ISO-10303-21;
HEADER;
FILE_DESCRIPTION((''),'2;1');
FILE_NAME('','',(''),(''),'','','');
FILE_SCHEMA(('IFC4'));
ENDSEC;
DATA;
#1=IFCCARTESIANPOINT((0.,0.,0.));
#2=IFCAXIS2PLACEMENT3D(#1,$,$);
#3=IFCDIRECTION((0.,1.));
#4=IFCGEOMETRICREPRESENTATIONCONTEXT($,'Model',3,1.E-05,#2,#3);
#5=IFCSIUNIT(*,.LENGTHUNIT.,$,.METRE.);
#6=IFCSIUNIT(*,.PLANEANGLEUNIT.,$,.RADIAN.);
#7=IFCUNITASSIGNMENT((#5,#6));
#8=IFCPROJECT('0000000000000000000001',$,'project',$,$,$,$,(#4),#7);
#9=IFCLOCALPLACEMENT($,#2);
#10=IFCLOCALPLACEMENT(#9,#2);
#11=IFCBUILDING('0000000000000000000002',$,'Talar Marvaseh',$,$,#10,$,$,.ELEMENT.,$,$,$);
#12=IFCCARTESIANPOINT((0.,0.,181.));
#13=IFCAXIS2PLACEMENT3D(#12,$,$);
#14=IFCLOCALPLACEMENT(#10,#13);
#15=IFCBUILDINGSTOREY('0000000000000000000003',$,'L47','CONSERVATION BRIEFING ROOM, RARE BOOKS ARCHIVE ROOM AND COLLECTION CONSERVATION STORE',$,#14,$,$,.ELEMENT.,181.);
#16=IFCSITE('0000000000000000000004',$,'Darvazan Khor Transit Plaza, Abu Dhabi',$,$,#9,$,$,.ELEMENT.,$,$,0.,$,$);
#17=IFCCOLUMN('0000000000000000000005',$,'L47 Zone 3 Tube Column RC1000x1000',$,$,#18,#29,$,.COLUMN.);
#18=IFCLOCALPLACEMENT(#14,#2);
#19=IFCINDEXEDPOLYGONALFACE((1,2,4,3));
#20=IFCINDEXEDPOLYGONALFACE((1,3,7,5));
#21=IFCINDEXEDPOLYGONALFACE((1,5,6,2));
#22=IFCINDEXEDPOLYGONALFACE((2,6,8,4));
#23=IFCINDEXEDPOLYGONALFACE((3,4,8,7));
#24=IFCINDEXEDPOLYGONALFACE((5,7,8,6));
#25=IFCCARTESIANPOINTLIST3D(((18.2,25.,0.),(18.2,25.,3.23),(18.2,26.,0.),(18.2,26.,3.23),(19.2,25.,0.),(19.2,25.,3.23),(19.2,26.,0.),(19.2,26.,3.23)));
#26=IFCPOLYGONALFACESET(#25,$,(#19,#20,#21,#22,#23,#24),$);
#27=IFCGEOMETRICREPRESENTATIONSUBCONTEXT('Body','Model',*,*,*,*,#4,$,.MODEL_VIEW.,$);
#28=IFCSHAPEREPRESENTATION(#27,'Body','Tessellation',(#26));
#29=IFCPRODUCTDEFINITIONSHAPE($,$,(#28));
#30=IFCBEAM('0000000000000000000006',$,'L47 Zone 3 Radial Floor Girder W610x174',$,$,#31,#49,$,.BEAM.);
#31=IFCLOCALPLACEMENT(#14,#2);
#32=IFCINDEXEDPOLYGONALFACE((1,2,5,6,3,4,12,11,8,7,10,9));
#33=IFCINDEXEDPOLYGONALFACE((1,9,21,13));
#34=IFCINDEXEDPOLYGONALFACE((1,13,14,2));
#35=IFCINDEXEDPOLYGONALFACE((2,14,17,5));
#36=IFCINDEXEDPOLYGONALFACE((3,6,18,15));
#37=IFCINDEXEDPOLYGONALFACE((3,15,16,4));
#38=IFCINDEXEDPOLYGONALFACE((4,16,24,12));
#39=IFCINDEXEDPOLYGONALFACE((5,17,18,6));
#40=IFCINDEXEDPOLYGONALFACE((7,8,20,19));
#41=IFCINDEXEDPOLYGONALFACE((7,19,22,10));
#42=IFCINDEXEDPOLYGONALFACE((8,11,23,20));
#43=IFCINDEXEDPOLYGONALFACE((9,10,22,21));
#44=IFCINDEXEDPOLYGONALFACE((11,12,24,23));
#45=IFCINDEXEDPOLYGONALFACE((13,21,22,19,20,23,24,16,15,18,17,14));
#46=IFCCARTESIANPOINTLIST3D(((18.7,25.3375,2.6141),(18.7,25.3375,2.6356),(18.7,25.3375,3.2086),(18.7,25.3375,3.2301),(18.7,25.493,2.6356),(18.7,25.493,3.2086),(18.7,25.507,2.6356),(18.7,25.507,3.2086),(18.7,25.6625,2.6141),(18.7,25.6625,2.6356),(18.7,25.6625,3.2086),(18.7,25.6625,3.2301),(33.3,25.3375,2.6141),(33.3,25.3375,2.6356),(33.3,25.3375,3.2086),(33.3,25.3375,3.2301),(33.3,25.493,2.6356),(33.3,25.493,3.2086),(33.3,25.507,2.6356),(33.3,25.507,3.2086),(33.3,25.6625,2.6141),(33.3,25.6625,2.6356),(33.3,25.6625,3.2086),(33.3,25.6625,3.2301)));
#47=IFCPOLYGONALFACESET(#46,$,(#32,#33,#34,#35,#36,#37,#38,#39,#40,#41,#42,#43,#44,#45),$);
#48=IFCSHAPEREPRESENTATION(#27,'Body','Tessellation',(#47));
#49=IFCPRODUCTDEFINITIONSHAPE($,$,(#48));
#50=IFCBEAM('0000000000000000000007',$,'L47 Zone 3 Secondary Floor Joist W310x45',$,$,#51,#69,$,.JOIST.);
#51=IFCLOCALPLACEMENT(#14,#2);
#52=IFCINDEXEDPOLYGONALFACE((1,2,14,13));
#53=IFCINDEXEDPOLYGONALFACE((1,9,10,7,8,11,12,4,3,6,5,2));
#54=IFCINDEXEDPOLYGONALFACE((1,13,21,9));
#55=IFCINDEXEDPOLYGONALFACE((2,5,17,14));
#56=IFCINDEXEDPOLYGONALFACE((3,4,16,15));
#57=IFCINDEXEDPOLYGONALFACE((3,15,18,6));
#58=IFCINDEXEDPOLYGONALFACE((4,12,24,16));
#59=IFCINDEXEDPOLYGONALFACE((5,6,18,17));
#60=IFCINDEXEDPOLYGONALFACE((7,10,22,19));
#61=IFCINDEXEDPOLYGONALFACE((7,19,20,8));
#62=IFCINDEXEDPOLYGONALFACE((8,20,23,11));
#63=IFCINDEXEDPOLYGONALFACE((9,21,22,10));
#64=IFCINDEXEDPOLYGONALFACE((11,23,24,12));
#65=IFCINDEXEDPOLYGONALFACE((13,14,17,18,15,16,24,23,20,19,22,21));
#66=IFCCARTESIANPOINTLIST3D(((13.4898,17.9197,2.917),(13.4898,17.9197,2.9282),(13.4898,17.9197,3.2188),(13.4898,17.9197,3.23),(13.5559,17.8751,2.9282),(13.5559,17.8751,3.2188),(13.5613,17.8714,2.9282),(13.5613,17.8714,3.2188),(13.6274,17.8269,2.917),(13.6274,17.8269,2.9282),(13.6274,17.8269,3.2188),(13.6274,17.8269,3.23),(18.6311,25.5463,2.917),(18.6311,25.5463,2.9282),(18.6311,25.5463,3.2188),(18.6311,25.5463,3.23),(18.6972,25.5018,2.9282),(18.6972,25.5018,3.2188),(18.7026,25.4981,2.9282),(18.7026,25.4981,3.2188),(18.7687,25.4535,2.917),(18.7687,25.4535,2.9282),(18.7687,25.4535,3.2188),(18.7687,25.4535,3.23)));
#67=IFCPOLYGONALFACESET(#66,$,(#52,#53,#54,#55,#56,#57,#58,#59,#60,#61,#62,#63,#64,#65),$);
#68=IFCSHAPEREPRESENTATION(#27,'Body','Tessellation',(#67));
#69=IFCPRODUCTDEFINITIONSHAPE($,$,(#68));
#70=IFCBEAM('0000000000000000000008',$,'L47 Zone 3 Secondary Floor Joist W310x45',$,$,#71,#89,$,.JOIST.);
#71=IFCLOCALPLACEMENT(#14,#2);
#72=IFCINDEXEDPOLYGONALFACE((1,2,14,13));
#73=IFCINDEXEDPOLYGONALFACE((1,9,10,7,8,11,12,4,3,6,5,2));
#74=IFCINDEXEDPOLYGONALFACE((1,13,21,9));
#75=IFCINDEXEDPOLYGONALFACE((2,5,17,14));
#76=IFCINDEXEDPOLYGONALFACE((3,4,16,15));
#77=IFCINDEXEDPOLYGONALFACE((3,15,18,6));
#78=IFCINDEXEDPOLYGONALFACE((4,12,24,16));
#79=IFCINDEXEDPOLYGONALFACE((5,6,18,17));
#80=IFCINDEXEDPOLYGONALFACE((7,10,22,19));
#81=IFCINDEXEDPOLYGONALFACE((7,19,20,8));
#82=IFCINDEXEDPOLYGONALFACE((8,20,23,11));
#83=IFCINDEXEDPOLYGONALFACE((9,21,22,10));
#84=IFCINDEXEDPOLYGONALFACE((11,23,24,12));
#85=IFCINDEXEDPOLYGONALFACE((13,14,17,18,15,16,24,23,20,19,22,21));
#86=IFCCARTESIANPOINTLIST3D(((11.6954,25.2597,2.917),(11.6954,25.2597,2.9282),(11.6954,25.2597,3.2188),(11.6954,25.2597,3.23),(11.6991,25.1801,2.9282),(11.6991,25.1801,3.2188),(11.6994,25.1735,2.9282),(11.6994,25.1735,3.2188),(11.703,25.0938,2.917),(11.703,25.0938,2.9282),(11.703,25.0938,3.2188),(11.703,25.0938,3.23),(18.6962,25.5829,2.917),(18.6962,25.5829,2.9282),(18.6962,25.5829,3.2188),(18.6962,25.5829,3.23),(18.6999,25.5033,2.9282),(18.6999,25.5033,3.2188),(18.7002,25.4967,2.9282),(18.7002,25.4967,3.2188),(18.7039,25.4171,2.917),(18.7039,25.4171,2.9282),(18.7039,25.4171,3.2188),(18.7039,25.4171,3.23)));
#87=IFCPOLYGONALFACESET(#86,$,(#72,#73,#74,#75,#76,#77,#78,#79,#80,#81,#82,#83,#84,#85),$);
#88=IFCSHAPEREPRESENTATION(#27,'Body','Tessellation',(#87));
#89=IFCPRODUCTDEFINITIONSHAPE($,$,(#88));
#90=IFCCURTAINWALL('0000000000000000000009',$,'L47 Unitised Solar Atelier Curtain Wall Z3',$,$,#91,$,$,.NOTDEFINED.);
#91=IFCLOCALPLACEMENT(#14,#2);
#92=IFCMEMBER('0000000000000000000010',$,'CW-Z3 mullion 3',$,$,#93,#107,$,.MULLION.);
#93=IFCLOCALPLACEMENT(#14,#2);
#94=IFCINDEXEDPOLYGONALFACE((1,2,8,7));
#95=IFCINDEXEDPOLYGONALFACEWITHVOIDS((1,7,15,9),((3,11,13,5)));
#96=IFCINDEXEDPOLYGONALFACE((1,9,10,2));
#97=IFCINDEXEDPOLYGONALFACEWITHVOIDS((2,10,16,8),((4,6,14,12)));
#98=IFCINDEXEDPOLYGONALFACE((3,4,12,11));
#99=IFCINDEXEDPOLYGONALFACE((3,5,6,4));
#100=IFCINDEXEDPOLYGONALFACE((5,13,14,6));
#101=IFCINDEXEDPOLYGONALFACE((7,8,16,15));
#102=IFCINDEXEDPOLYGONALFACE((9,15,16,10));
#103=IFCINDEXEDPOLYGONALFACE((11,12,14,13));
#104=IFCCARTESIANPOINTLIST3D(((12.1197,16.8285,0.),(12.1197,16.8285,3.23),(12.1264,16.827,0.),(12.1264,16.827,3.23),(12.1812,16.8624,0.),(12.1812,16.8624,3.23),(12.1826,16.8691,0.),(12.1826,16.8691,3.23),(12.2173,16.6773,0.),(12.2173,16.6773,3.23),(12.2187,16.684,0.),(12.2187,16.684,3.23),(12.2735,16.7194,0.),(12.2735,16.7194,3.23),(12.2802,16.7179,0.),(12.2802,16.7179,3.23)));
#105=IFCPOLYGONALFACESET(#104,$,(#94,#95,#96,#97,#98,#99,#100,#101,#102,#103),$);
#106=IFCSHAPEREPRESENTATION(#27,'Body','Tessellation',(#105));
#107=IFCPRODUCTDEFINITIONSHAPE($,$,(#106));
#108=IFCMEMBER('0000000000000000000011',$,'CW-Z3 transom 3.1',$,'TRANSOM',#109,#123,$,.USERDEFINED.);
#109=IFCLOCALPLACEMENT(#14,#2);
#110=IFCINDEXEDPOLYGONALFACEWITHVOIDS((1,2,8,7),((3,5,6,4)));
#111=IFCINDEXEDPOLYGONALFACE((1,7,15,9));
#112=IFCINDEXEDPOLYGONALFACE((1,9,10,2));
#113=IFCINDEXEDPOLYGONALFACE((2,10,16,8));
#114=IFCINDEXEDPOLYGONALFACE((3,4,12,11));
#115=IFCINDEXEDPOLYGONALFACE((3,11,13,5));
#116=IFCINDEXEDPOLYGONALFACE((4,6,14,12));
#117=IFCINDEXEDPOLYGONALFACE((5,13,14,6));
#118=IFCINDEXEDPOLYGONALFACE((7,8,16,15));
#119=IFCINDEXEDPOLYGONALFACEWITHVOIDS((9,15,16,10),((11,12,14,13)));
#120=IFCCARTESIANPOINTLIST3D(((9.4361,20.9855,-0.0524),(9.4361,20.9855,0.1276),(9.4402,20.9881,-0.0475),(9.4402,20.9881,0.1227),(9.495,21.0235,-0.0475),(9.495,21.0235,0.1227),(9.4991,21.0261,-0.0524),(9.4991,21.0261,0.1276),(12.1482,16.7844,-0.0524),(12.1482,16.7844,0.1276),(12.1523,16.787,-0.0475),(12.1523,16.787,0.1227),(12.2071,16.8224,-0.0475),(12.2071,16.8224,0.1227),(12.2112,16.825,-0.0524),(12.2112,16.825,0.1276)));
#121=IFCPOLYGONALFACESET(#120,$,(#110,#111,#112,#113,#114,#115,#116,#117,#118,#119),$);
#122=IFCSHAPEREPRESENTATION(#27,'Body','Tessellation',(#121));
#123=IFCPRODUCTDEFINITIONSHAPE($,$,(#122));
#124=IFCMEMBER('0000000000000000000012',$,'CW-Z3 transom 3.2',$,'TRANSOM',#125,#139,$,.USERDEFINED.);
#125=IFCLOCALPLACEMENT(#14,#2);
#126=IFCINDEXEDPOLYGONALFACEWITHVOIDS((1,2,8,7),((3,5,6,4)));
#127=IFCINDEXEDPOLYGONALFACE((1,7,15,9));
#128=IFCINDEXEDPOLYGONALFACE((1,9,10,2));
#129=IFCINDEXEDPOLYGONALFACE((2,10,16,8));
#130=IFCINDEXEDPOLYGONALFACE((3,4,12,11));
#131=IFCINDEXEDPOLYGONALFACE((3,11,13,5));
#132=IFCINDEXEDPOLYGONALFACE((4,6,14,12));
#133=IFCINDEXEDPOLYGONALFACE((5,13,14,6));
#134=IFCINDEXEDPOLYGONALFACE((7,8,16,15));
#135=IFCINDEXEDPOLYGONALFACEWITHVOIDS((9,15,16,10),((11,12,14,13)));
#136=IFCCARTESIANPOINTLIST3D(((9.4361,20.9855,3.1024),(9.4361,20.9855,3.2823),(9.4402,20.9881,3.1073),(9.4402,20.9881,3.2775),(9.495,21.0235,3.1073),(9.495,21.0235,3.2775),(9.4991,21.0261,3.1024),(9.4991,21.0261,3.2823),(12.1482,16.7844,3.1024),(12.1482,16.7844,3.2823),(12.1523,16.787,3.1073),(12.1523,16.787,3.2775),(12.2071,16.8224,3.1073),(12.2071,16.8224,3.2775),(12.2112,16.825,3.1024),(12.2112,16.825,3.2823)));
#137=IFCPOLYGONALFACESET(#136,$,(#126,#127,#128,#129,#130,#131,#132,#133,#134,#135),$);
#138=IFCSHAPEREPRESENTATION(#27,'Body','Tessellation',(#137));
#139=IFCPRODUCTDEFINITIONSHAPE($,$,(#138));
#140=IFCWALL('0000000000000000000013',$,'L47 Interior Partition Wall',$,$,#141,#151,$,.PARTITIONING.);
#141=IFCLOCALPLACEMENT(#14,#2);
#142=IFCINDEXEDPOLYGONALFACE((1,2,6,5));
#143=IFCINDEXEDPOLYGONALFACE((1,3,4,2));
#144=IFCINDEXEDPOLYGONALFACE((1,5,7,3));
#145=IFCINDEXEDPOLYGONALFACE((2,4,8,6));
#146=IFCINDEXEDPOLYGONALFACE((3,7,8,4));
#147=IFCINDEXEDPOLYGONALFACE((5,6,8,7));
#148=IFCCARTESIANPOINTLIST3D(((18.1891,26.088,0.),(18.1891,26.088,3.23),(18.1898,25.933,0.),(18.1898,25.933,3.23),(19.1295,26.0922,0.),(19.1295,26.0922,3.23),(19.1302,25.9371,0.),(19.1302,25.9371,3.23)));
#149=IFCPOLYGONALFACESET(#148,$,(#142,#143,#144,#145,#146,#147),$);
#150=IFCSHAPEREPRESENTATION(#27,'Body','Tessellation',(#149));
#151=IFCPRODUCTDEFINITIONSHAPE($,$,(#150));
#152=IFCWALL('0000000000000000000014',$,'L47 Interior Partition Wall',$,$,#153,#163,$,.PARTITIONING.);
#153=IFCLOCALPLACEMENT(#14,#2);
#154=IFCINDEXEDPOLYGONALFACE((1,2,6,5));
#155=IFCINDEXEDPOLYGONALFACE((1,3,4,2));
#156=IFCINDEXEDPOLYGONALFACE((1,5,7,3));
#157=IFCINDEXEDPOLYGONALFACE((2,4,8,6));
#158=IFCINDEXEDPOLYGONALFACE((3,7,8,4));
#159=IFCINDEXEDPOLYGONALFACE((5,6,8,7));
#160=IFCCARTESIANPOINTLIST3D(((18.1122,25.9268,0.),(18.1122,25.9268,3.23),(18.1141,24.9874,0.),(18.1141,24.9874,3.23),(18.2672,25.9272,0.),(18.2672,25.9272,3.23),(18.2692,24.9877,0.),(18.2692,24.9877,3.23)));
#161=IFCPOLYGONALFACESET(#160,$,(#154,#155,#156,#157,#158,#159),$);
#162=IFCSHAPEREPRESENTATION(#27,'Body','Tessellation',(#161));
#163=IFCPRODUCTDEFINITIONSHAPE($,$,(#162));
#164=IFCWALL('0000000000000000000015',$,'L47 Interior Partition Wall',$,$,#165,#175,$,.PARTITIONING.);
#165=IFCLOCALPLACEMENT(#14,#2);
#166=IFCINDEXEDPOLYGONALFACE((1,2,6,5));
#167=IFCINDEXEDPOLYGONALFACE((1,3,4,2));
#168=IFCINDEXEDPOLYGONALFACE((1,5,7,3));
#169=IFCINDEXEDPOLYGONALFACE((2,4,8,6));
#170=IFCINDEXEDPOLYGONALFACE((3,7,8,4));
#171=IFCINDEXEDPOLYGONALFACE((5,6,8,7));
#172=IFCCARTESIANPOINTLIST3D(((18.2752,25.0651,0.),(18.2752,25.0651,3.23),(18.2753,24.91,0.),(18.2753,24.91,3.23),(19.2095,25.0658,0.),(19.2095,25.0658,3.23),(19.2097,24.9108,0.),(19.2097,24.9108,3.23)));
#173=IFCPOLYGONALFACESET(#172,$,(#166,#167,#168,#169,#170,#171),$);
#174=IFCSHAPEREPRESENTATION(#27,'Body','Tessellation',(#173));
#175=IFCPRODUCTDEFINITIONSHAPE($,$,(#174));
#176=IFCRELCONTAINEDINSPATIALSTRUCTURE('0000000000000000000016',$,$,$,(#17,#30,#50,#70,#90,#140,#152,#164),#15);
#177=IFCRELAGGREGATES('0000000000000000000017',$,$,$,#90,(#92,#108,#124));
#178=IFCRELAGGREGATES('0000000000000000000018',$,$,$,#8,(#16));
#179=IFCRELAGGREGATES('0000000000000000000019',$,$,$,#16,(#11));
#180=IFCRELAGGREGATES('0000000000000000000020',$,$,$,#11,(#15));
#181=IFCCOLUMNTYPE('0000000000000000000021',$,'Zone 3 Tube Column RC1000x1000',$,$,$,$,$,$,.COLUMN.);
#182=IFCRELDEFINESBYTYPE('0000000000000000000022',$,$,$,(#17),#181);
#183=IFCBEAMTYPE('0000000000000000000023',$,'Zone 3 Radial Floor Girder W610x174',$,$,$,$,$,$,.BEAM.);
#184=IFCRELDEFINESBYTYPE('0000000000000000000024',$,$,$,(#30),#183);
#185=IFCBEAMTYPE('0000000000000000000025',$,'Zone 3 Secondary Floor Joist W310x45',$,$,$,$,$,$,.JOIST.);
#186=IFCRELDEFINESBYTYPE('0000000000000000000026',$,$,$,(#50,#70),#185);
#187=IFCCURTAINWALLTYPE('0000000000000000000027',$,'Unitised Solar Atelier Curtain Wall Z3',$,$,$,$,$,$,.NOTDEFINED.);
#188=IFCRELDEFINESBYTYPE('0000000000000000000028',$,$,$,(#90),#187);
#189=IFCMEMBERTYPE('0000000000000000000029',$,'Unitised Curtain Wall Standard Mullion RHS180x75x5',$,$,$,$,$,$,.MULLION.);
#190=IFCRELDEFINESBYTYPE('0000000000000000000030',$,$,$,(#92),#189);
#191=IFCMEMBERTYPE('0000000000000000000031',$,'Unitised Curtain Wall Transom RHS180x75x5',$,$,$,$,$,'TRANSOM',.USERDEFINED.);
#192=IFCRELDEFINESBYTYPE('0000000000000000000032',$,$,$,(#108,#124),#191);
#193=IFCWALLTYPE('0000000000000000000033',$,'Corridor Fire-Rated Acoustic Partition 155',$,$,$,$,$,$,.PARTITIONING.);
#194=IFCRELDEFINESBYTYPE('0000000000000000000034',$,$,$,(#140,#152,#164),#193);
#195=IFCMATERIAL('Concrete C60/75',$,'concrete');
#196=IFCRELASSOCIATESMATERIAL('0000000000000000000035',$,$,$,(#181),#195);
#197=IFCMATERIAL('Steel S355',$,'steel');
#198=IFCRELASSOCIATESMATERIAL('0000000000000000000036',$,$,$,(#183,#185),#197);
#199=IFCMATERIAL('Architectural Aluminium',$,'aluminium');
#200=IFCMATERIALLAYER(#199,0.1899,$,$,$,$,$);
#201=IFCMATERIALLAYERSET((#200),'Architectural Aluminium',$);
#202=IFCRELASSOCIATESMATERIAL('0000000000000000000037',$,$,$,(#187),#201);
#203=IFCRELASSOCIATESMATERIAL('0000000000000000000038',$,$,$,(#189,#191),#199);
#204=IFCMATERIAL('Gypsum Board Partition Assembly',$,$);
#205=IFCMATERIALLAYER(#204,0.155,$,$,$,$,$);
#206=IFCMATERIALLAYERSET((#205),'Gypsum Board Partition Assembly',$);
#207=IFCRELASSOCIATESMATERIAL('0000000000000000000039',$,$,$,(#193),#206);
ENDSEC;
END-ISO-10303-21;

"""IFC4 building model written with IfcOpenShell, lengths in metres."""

from ifc_helpers import new_model, si_unit, direction, frame, frame_2d, origin, origin_2d, place, context, subcontext, project, spatial, rectangle, hollow_rectangle, i_section, extrude, source, transform, mapped, material, layer, layer_set, material_profile, profile_set, type_object, type_shapes, element, aggregate, save


model = new_model("IFC4")

# Units and contexts
model_context = context("Model", 3, precision=1e-05, world=origin(), true_north=direction((0.0, 1.0)))
body_context = subcontext(model_context, "Body", "Model", "MODEL_VIEW")
ifc_project = project(units=[si_unit("LENGTHUNIT", "METRE"), si_unit("PLANEANGLEUNIT", "RADIAN")], contexts=[model_context])

# Site, building, storey
site_placement = place(None, origin())
site = spatial("IfcSite", under=ifc_project, at=site_placement, Name="Darvazan Khor Transit Plaza, Abu Dhabi", CompositionType="ELEMENT", RefElevation=0.0)
building_placement = place(site_placement, origin())
building = spatial("IfcBuilding", under=site, at=building_placement, Name="Talar Marvaseh", CompositionType="ELEMENT")
storey_placement = place(building_placement, frame((0.0, 0.0, 181.0)))
storey = spatial("IfcBuildingStorey", under=building, at=storey_placement, Name="L47", Description="CONSERVATION BRIEFING ROOM, RARE BOOKS ARCHIVE ROOM AND COLLECTION CONSERVATION STORE", CompositionType="ELEMENT", Elevation=181.0)

# Column
ifc_material_1 = material(Name="Concrete C60/75", Category="concrete")
ifc_material_profile_1 = material_profile(ifc_material_1, rectangle(XDim=1.0, YDim=1.0, at=origin_2d()), Name="RC1000x1000")
ifc_profile_set_1 = profile_set([ifc_material_profile_1], Name="Concrete C60/75")
column_type = type_object("IfcColumnType", Name="Zone 3 Tube Column RC1000x1000", PredefinedType="COLUMN", material=ifc_profile_set_1)
column_placement = place(storey_placement, frame((18.7, 25.5, 0.0), z_axis=(0.0, 0.0, 1.0), x_axis=(1.0, 0.0, 0.0)))
element("IfcColumn", 1, at=column_placement, inside=storey, type_object=column_type, Name="L47 Zone 3 Tube Column RC1000x1000", PredefinedType="COLUMN", context=body_context, shape_type="SweptSolid", body=[
    extrude(rectangle(XDim=1.0, YDim=1.0, at=origin_2d()), origin(), (0.0, 0.0, 1.0), 3.23),
])

# Beams
ifc_material_2 = material(Name="Steel S355", Category="steel")
ifc_material_profile_2 = material_profile(ifc_material_2, i_section(OverallWidth=0.325, OverallDepth=0.616, WebThickness=0.0139, FlangeThickness=0.0215, at=origin_2d()), Name="W610x174")
ifc_profile_set_2 = profile_set([ifc_material_profile_2], Name="Steel S355")
beam_type_1 = type_object("IfcBeamType", Name="Zone 3 Radial Floor Girder W610x174", PredefinedType="BEAM", material=ifc_profile_set_2)
beam_1_placement = place(storey_placement, frame((18.7, 25.5, 2.9221), z_axis=(1.0, 0.0, 0.0), x_axis=(0.0, 1.0, 0.0)))
element("IfcBeam", 2, at=beam_1_placement, inside=storey, type_object=beam_type_1, Name="L47 Zone 3 Radial Floor Girder W610x174", PredefinedType="BEAM", context=body_context, shape_type="SweptSolid", body=[
    extrude(i_section(OverallWidth=0.325, OverallDepth=0.616, WebThickness=0.0139, FlangeThickness=0.0215, at=origin_2d()), origin(), (0.0, 0.0, 1.0), 14.6001),
])
ifc_material_profile_3 = material_profile(ifc_material_2, i_section(OverallWidth=0.166, OverallDepth=0.313, WebThickness=0.0066, FlangeThickness=0.0112, at=origin_2d()), Name="W310x45")
ifc_profile_set_3 = profile_set([ifc_material_profile_3], Name="Steel S355")
beam_type_2 = type_object("IfcBeamType", Name="Zone 3 Secondary Floor Joist W310x45", PredefinedType="JOIST", material=ifc_profile_set_3)
beam_2_placement = place(storey_placement, frame((13.5586, 17.8733, 3.0735), z_axis=(0.558974, 0.829185, 0.0), x_axis=(-0.829185, 0.558974, 0.0)))
element("IfcBeam", 3, at=beam_2_placement, inside=storey, type_object=beam_type_2, Name="L47 Zone 3 Secondary Floor Joist W310x45", PredefinedType="JOIST", context=body_context, shape_type="SweptSolid", body=[
    extrude(i_section(OverallWidth=0.166, OverallDepth=0.313, WebThickness=0.0066, FlangeThickness=0.0112, at=origin_2d()), origin(), (0.0, 0.0, 1.0), 9.1978),
])
beam_3_placement = place(storey_placement, frame((11.6992, 25.1768, 3.0735), z_axis=(0.998936, 0.046123, 0.0), x_axis=(-0.046123, 0.998936, 0.0)))
element("IfcBeam", 4, at=beam_3_placement, inside=storey, type_object=beam_type_2, Name="L47 Zone 3 Secondary Floor Joist W310x45", PredefinedType="JOIST", context=body_context, shape_type="SweptSolid", body=[
    extrude(i_section(OverallWidth=0.166, OverallDepth=0.313, WebThickness=0.0066, FlangeThickness=0.0112, at=origin_2d()), origin(), (0.0, 0.0, 1.0), 7.0083),
])

# Curtain wall, members
ifc_material_3 = material(Name="Architectural Aluminium", Category="aluminium")
ifc_layer_1 = layer(ifc_material_3, 0.1899)
ifc_layer_set_1 = layer_set([ifc_layer_1], Name="Architectural Aluminium")
curtain_wall_type = type_object("IfcCurtainWallType", Name="Unitised Solar Atelier Curtain Wall Z3", PredefinedType="NOTDEFINED", material=ifc_layer_set_1)
curtain_wall_placement = place(storey_placement, origin())
curtain_wall = element("IfcCurtainWall", 5, at=curtain_wall_placement, inside=storey, type_object=curtain_wall_type, Name="L47 Unitised Solar Atelier Curtain Wall Z3", PredefinedType="NOTDEFINED")
ifc_material_profile_4 = material_profile(ifc_material_3, hollow_rectangle(XDim=0.075, YDim=0.1799, WallThickness=0.0049, at=origin_2d()), Name="RHS180x75x5")
ifc_profile_set_4 = profile_set([ifc_material_profile_4], Name="Architectural Aluminium")
member_type_1 = type_object("IfcMemberType", Name="Unitised Curtain Wall Standard Mullion RHS180x75x5", PredefinedType="MULLION", material=ifc_profile_set_4)
shared_shape_1 = source(origin(), body_context, "Body", "SweptSolid", [
    extrude(hollow_rectangle(XDim=0.075, YDim=0.1799, WallThickness=0.0049, at=origin_2d()), origin(), (0.0, 0.0, 1.0), 3.23),
])
type_shapes(member_type_1, [shared_shape_1])
member_1_placement = place(storey_placement, frame((12.2, 16.7732, 0.0), z_axis=(0.0, 0.0, 1.0), x_axis=(-0.840129, -0.542386, 0.0)))
member_1 = element("IfcMember", 6, at=member_1_placement, type_object=member_type_1, Name="CW-Z3 mullion 3", PredefinedType="MULLION", context=body_context, shape_type="MappedRepresentation", body=[
    mapped(shared_shape_1, transform((0.0, 0.0, 0.0), x_axis=(1.0, 0.0, 0.0), y_axis=(0.0, 1.0, 0.0), z_axis=(0.0, 0.0, 1.0), scale=1.0)),
])
ifc_material_profile_5 = material_profile(ifc_material_3, hollow_rectangle(XDim=0.075, YDim=0.1799, WallThickness=0.0049, at=origin_2d()), Name="RHS180x75x5")
ifc_profile_set_5 = profile_set([ifc_material_profile_5], Name="Architectural Aluminium")
member_type_2 = type_object("IfcMemberType", Name="Unitised Curtain Wall Transom RHS180x75x5", ElementType="TRANSOM", PredefinedType="USERDEFINED", material=ifc_profile_set_5)
shared_shape_2 = source(origin(), body_context, "Body", "SweptSolid", [
    extrude(hollow_rectangle(XDim=0.075, YDim=0.1799, WallThickness=0.0049, at=origin_2d()), origin(), (0.0, 0.0, 1.0), 5.0005),
])
type_shapes(member_type_2, [shared_shape_2])
member_2_placement = place(storey_placement, frame((12.1797, 16.8047, 0.0376), z_axis=(-0.54237, 0.840139, 0.0), x_axis=(-0.840139, -0.54237, 0.0)))
member_2 = element("IfcMember", 7, at=member_2_placement, type_object=member_type_2, Name="CW-Z3 transom 3.1", ObjectType="TRANSOM", PredefinedType="USERDEFINED", context=body_context, shape_type="MappedRepresentation", body=[
    mapped(shared_shape_2, transform((0.0, 0.0, 0.0), x_axis=(1.0, 0.0, 0.0), y_axis=(0.0, 1.0, 0.0), z_axis=(0.0, 0.0, 1.0), scale=1.0)),
])
member_3_placement = place(storey_placement, frame((12.1797, 16.8047, 3.1924), z_axis=(-0.54237, 0.840139, 0.0), x_axis=(-0.840139, -0.54237, 0.0)))
member_3 = element("IfcMember", 8, at=member_3_placement, type_object=member_type_2, Name="CW-Z3 transom 3.2", ObjectType="TRANSOM", PredefinedType="USERDEFINED", context=body_context, shape_type="MappedRepresentation", body=[
    mapped(shared_shape_2, transform((0.0, 0.0, 0.0), x_axis=(1.0, 0.0, 0.0), y_axis=(0.0, 1.0, 0.0), z_axis=(0.0, 0.0, 1.0), scale=1.0)),
])
aggregate(curtain_wall, [member_1, member_2, member_3])

# Shared definitions
ifc_material_4 = material(Name="Gypsum Board Partition Assembly")
ifc_layer_2 = layer(ifc_material_4, 0.155)
ifc_layer_set_2 = layer_set([ifc_layer_2], Name="Gypsum Board Partition Assembly")
wall_type_1 = type_object("IfcWallType", Name="Corridor Fire-Rated Acoustic Partition 155", PredefinedType="PARTITIONING", material=ifc_layer_set_2)

# Walls
wall_1_placement = place(storey_placement, frame((19.1299, 26.0146, 0.0), z_axis=(0.0, 0.0, 1.0), x_axis=(-0.99999, -0.004413, 0.0)))
element("IfcWall", 9, at=wall_1_placement, inside=storey, type_object=wall_type_1, Name="L47 Interior Partition Wall", PredefinedType="PARTITIONING", context=body_context, shape_type="SweptSolid", body=[
    extrude(rectangle(XDim=0.9404, YDim=0.155, at=frame_2d((0.4702, 0.0))), origin(), (0.0, 0.0, 1.0), 3.23),
])
wall_2_placement = place(storey_placement, frame((18.1897, 25.927, 0.0), z_axis=(0.0, 0.0, 1.0), x_axis=(0.002079, -0.999998, 0.0)))
element("IfcWall", 10, at=wall_2_placement, inside=storey, type_object=wall_type_1, Name="L47 Interior Partition Wall", PredefinedType="PARTITIONING", context=body_context, shape_type="SweptSolid", body=[
    extrude(rectangle(XDim=0.9395, YDim=0.155, at=frame_2d((0.4697, 0.0))), origin(), (0.0, 0.0, 1.0), 3.23),
])
wall_3_placement = place(storey_placement, frame((18.2751, 24.9875, 0.0), z_axis=(0.0, 0.0, 1.0), x_axis=(1.0, 0.000784, 0.0)))
element("IfcWall", 11, at=wall_3_placement, inside=storey, type_object=wall_type_1, Name="L47 Interior Partition Wall", PredefinedType="PARTITIONING", context=body_context, shape_type="SweptSolid", body=[
    extrude(rectangle(XDim=0.9343, YDim=0.155, at=frame_2d((0.4673, 0.0))), origin(), (0.0, 0.0, 1.0), 3.23),
])

save(model, "model.ifc")
